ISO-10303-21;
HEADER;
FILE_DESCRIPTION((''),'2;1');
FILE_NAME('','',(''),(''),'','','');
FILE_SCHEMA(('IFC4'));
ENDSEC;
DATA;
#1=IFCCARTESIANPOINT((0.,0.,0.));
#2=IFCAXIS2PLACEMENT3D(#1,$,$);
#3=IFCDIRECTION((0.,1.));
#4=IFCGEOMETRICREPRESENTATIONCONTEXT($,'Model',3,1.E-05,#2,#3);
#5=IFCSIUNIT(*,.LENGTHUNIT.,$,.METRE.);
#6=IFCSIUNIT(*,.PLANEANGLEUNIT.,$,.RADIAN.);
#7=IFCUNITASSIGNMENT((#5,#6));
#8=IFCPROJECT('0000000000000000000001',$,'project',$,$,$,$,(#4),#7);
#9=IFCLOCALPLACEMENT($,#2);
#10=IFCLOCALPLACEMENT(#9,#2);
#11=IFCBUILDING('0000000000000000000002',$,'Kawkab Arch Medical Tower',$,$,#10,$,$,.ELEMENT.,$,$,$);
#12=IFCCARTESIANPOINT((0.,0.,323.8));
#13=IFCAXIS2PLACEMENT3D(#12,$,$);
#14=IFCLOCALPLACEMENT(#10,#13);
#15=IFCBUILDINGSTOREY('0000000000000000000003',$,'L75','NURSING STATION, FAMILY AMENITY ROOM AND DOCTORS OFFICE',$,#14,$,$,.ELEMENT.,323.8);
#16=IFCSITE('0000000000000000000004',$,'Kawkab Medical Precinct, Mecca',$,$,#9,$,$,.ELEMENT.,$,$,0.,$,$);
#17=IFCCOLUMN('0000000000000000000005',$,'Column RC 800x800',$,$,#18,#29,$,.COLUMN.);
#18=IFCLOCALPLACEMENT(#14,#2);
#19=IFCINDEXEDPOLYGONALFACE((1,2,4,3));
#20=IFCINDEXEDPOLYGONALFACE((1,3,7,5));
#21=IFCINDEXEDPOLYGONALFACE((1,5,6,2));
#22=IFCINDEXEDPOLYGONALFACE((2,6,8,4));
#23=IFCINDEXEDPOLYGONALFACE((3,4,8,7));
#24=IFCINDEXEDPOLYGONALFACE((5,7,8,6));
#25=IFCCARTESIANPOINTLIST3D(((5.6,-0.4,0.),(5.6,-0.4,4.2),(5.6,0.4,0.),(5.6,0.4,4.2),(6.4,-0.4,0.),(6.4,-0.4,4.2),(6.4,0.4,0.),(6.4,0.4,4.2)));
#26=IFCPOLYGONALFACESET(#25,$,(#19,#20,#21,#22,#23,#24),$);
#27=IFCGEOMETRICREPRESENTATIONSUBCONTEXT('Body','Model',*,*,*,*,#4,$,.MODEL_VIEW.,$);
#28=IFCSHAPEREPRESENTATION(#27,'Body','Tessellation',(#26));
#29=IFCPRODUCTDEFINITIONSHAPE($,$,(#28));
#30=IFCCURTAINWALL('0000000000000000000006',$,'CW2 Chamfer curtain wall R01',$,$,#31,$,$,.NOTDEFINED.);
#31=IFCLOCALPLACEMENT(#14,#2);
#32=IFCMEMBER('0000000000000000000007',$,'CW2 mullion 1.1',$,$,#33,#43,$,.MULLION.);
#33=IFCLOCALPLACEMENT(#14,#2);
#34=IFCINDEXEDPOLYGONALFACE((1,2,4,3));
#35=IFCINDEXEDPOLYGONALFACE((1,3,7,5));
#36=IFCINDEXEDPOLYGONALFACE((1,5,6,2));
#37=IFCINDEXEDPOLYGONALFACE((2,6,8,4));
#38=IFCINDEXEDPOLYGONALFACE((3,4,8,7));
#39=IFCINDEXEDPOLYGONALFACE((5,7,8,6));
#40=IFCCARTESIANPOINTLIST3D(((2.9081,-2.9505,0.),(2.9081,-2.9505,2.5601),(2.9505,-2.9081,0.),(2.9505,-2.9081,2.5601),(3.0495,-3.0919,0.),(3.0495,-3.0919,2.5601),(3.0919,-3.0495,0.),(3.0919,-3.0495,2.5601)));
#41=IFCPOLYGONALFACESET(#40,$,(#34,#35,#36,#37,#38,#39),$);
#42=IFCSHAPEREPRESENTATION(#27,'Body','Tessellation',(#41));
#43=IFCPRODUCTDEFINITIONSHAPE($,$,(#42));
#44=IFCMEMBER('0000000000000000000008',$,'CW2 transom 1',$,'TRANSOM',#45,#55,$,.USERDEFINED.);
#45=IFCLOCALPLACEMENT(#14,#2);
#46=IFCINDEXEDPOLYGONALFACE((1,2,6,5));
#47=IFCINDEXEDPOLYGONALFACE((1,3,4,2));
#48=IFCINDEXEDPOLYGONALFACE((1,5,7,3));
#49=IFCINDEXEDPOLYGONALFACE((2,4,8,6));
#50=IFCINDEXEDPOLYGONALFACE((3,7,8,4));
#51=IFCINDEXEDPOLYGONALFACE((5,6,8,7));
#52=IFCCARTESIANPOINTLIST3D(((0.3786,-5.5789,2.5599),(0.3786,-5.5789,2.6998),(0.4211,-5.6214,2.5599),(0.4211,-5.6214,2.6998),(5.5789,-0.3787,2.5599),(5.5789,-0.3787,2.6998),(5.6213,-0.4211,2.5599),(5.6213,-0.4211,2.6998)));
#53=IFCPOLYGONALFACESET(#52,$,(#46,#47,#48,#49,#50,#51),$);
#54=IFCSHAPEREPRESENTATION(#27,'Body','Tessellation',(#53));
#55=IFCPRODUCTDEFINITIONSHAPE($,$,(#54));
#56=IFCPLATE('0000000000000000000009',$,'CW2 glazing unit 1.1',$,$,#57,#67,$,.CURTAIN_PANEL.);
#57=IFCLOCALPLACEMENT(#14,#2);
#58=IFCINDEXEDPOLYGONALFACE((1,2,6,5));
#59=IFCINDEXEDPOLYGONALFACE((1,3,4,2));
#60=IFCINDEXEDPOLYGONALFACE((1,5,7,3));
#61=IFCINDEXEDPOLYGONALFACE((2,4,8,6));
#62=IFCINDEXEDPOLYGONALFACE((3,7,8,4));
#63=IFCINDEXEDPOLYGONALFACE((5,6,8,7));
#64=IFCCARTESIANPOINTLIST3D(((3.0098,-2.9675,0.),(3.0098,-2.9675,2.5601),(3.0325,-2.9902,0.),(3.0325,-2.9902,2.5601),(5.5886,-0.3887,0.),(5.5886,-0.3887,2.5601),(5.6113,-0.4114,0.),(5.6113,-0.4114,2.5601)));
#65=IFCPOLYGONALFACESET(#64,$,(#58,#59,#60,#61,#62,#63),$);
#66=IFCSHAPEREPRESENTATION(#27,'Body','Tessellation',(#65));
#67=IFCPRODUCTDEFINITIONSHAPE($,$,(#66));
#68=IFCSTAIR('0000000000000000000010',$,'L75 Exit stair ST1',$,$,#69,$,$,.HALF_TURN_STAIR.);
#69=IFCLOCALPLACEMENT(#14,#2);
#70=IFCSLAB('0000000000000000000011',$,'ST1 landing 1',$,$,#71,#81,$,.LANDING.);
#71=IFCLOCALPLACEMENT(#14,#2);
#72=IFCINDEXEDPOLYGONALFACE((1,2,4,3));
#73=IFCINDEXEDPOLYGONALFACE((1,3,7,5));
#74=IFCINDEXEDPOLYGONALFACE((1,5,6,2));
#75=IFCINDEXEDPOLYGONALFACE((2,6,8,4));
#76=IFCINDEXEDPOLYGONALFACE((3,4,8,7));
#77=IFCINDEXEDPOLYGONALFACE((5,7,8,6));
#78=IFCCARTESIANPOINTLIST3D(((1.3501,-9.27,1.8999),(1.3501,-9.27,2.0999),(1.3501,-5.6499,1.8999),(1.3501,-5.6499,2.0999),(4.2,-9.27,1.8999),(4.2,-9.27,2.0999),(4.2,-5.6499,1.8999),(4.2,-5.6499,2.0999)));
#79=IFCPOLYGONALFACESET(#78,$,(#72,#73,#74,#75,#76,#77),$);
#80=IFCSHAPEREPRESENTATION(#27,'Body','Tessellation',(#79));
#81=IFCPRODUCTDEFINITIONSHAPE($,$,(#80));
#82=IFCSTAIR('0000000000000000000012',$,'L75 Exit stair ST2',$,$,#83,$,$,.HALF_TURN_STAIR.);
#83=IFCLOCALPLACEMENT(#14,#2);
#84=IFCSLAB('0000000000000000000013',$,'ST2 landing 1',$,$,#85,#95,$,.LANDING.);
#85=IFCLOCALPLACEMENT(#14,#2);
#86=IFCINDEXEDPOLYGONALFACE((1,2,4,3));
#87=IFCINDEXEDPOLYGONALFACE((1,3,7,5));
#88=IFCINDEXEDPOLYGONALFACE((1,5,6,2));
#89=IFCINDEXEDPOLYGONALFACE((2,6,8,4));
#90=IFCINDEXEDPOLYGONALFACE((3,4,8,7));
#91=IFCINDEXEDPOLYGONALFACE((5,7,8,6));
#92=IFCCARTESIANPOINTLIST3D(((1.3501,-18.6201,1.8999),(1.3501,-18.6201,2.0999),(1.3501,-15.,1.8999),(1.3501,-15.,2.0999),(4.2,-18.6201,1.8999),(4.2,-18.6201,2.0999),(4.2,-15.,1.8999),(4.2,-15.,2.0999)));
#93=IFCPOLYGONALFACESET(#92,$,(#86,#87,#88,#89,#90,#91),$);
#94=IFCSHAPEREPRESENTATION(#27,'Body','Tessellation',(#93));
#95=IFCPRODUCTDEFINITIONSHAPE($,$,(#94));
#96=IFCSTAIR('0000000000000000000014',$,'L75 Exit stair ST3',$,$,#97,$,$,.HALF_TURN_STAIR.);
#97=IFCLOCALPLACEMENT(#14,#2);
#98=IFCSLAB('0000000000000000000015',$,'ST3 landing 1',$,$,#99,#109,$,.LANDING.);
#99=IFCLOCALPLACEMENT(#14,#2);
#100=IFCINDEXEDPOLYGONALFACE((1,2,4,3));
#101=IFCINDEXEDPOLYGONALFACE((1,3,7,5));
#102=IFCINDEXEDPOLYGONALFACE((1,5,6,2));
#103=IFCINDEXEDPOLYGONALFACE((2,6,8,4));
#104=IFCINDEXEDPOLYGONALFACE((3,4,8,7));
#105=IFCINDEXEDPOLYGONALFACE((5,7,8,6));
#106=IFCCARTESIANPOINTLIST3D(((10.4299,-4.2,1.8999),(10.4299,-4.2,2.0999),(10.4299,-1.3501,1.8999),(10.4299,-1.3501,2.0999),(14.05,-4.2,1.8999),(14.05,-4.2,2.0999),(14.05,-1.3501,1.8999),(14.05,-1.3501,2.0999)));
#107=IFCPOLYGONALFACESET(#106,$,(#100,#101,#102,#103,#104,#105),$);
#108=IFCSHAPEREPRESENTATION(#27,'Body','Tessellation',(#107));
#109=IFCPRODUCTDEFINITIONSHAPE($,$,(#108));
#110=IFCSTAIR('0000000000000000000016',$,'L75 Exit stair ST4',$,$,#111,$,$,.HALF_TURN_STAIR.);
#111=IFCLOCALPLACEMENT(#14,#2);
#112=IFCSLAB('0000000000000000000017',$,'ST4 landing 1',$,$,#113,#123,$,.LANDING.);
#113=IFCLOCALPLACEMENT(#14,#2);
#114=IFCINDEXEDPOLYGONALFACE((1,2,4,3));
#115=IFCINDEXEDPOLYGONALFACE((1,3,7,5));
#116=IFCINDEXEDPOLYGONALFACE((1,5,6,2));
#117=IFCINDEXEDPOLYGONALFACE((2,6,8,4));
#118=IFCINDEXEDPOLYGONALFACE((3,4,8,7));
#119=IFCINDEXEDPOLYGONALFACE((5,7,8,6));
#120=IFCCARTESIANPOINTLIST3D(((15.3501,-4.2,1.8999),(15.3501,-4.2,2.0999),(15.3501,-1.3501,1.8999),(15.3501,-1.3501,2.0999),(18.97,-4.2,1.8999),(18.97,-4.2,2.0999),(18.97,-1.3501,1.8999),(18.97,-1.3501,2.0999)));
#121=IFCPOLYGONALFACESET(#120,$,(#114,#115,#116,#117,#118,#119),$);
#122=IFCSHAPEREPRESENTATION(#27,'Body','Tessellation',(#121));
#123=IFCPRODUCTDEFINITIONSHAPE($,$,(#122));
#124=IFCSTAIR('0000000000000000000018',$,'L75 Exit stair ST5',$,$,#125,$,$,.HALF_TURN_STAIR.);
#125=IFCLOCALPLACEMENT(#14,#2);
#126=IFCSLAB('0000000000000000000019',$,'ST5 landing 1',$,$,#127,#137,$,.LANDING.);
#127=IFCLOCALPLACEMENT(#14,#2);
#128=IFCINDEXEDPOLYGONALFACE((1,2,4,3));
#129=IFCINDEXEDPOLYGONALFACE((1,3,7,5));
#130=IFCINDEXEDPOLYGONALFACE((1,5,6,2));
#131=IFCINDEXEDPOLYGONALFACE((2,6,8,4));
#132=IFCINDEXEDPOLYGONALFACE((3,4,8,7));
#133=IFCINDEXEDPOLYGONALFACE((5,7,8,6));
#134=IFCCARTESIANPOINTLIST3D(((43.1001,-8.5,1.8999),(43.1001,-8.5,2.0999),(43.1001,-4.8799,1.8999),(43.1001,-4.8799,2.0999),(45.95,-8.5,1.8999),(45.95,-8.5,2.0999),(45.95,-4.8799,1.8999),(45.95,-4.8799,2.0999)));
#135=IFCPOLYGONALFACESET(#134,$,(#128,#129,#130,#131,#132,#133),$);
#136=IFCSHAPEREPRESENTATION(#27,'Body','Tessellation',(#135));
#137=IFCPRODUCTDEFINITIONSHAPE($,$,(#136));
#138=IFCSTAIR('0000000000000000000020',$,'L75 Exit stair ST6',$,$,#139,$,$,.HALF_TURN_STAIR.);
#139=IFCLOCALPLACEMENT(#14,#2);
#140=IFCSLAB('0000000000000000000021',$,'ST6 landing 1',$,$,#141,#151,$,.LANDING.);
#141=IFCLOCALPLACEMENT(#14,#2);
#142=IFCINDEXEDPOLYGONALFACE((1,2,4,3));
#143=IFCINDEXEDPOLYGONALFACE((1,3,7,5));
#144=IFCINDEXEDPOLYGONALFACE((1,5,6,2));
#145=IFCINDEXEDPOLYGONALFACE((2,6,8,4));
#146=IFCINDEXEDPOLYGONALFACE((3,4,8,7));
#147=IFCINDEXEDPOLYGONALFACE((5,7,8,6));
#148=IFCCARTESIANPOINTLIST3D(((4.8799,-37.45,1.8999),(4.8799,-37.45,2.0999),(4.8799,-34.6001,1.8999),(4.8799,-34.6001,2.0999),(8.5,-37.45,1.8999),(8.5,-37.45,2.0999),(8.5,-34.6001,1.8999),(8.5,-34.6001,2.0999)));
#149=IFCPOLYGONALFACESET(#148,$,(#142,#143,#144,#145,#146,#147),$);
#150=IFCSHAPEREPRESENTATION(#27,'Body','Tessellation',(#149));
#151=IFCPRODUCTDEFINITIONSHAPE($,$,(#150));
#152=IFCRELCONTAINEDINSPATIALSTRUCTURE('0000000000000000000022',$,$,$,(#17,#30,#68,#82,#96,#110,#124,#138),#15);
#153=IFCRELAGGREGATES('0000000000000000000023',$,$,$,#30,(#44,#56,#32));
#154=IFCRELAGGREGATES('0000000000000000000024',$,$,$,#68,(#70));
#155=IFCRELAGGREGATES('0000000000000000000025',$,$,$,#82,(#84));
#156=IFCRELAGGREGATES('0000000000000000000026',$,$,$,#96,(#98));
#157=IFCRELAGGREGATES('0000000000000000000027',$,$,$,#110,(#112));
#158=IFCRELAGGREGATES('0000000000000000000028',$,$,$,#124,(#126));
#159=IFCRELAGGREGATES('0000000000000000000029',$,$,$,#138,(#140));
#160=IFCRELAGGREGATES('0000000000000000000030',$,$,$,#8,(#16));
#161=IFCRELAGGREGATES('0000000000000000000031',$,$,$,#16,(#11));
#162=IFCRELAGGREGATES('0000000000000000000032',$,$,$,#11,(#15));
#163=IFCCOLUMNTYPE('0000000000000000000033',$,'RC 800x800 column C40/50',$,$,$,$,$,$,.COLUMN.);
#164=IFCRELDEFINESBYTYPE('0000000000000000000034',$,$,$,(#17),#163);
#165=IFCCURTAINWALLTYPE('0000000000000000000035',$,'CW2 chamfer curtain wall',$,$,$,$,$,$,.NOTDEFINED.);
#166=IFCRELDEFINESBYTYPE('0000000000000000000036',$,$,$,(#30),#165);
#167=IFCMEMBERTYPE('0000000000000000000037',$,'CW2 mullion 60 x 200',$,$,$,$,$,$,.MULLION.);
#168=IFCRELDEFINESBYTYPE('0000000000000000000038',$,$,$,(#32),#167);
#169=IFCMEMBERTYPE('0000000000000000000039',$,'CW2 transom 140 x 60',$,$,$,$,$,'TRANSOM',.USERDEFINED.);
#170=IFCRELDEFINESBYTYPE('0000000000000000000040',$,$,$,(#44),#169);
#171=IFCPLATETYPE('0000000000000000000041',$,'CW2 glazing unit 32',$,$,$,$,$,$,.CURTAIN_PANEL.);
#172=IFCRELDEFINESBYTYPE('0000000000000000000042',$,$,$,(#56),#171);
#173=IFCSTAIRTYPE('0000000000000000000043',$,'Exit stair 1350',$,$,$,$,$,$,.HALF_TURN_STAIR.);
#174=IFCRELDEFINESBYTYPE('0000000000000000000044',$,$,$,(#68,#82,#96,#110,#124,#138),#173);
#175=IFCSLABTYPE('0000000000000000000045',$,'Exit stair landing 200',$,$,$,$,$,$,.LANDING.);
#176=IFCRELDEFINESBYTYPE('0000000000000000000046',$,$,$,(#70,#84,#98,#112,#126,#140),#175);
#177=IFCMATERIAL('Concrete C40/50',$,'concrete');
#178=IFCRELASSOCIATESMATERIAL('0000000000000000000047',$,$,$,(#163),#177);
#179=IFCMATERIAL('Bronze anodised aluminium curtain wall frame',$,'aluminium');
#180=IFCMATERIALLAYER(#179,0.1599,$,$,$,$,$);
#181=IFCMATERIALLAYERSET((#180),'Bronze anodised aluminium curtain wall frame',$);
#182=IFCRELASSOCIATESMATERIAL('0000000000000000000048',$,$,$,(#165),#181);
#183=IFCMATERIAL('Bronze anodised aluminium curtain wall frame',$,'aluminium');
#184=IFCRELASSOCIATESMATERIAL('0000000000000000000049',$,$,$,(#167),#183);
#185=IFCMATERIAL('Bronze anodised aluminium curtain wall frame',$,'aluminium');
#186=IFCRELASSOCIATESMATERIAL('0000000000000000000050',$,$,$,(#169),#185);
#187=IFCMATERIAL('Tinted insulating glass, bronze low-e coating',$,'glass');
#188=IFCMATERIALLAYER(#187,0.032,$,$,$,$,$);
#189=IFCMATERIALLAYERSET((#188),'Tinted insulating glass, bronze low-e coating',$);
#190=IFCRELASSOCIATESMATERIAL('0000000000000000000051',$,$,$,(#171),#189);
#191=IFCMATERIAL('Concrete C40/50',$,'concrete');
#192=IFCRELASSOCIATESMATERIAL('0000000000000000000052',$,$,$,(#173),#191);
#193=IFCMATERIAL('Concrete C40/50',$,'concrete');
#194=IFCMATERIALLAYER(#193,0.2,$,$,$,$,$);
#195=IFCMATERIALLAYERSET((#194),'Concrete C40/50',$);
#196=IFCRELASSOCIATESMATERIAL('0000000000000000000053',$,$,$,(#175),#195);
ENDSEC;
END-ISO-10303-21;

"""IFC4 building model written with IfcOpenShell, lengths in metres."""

from ifc_helpers import new_model, si_unit, direction, frame, origin, origin_2d, place, context, subcontext, project, spatial, polyline, rectangle, outline, extrude, material, layer, layer_set, material_profile, profile_set, type_object, element, aggregate, save


model = new_model("IFC4")

# Units and contexts
model_context = context("Model", 3, precision=1e-05, world=origin(), true_north=direction((0.0, 1.0)))
body_context = subcontext(model_context, "Body", "Model", "MODEL_VIEW")
ifc_project = project(units=[si_unit("LENGTHUNIT", "METRE"), si_unit("PLANEANGLEUNIT", "RADIAN")], contexts=[model_context])

# Site, building, storey
site_placement = place(None, origin())
site = spatial("IfcSite", under=ifc_project, at=site_placement, Name="Kawkab Medical Precinct, Mecca", CompositionType="ELEMENT", RefElevation=0.0)
building_placement = place(site_placement, origin())
building = spatial("IfcBuilding", under=site, at=building_placement, Name="Kawkab Arch Medical Tower", CompositionType="ELEMENT")
storey_placement = place(building_placement, frame((0.0, 0.0, 323.8)))
storey = spatial("IfcBuildingStorey", under=building, at=storey_placement, Name="L75", Description="NURSING STATION, FAMILY AMENITY ROOM AND DOCTORS OFFICE", CompositionType="ELEMENT", Elevation=323.8)

# Column
ifc_material_1 = material(Name="Concrete C40/50", Category="concrete")
ifc_material_profile_1 = material_profile(ifc_material_1, rectangle(XDim=0.8, YDim=0.8, at=origin_2d()), Name="RC 800x800")
ifc_profile_set_1 = profile_set([ifc_material_profile_1], Name="Concrete C40/50")
column_type = type_object("IfcColumnType", Name="RC 800x800 column C40/50", PredefinedType="COLUMN", material=ifc_profile_set_1)
column_placement = place(storey_placement, frame((6.0, 0.0, 0.0), z_axis=(0.0, 0.0, 1.0), x_axis=(1.0, 0.0, 0.0)))
element("IfcColumn", 1, at=column_placement, inside=storey, type_object=column_type, Name="Column RC 800x800", PredefinedType="COLUMN", context=body_context, shape_type="SweptSolid", body=[
    extrude(rectangle(XDim=0.8, YDim=0.8, at=origin_2d()), origin(), (0.0, 0.0, 1.0), 4.2),
])

# Curtain wall, members, plate
ifc_material_2 = material(Name="Bronze anodised aluminium curtain wall frame", Category="aluminium")
ifc_layer_1 = layer(ifc_material_2, 0.1599)
ifc_layer_set_1 = layer_set([ifc_layer_1], Name="Bronze anodised aluminium curtain wall frame")
curtain_wall_type = type_object("IfcCurtainWallType", Name="CW2 chamfer curtain wall", PredefinedType="NOTDEFINED", material=ifc_layer_set_1)
placement_1 = place(storey_placement, origin())
curtain_wall = element("IfcCurtainWall", 2, at=placement_1, inside=storey, type_object=curtain_wall_type, Name="CW2 Chamfer curtain wall R01", PredefinedType="NOTDEFINED")
ifc_material_3 = material(Name="Bronze anodised aluminium curtain wall frame", Category="aluminium")
ifc_material_profile_2 = material_profile(ifc_material_3, rectangle(XDim=0.2, YDim=0.0601, at=origin_2d()), Name="AL 60x200")
ifc_profile_set_2 = profile_set([ifc_material_profile_2], Name="Bronze anodised aluminium curtain wall frame")
member_type_1 = type_object("IfcMemberType", Name="CW2 mullion 60 x 200", PredefinedType="MULLION", material=ifc_profile_set_2)
member_1_placement = place(storey_placement, frame((3.0, -3.0, 0.0), z_axis=(0.0, 0.0, 1.0), x_axis=(0.707107, -0.707107, 0.0)))
member_1 = element("IfcMember", 3, at=member_1_placement, type_object=member_type_1, Name="CW2 mullion 1.1", PredefinedType="MULLION", context=body_context, shape_type="SweptSolid", body=[
    extrude(rectangle(XDim=0.2, YDim=0.0601, at=origin_2d()), origin(), (0.0, 0.0, 1.0), 2.5601),
])
ifc_material_4 = material(Name="Bronze anodised aluminium curtain wall frame", Category="aluminium")
ifc_material_profile_3 = material_profile(ifc_material_4, rectangle(XDim=0.0601, YDim=0.1399, at=origin_2d()), Name="AL 60x140")
ifc_profile_set_3 = profile_set([ifc_material_profile_3], Name="Bronze anodised aluminium curtain wall frame")
member_type_2 = type_object("IfcMemberType", Name="CW2 transom 140 x 60", ElementType="TRANSOM", PredefinedType="USERDEFINED", material=ifc_profile_set_3)
member_2_placement = place(storey_placement, frame((5.6001, -0.3999, 2.6299), z_axis=(-0.707107, -0.707107, 0.0), x_axis=(0.707107, -0.707107, 0.0)))
member_2 = element("IfcMember", 4, at=member_2_placement, type_object=member_type_2, Name="CW2 transom 1", ObjectType="TRANSOM", PredefinedType="USERDEFINED", context=body_context, shape_type="SweptSolid", body=[
    extrude(rectangle(XDim=0.0601, YDim=0.1399, at=origin_2d()), origin(), (0.0, 0.0, 1.0), 7.3542),
])
ifc_material_5 = material(Name="Tinted insulating glass, bronze low-e coating", Category="glass")
ifc_layer_2 = layer(ifc_material_5, 0.032)
ifc_layer_set_2 = layer_set([ifc_layer_2], Name="Tinted insulating glass, bronze low-e coating")
plate_type = type_object("IfcPlateType", Name="CW2 glazing unit 32", PredefinedType="CURTAIN_PANEL", material=ifc_layer_set_2)
plate_placement = place(storey_placement, frame((4.3105, -1.6895, 0.0), z_axis=(0.0, 0.0, 1.0), x_axis=(-0.707107, -0.707107, 0.0)))
plate = element("IfcPlate", 5, at=plate_placement, type_object=plate_type, Name="CW2 glazing unit 1.1", PredefinedType="CURTAIN_PANEL", context=body_context, shape_type="SweptSolid", body=[
    extrude(rectangle(XDim=3.647, YDim=0.032, at=origin_2d()), origin(), (0.0, 0.0, 1.0), 2.5601),
])
aggregate(curtain_wall, [member_2, plate, member_1])

# Stairs, slabs
ifc_material_6 = material(Name="Concrete C40/50", Category="concrete")
stair_type = type_object("IfcStairType", Name="Exit stair 1350", PredefinedType="HALF_TURN_STAIR", material=ifc_material_6)
stair_1 = element("IfcStair", 6, at=placement_1, inside=storey, type_object=stair_type, Name="L75 Exit stair ST1", PredefinedType="HALF_TURN_STAIR")
ifc_material_7 = material(Name="Concrete C40/50", Category="concrete")
ifc_layer_3 = layer(ifc_material_7, 0.2)
ifc_layer_set_3 = layer_set([ifc_layer_3], Name="Concrete C40/50")
slab_type_1 = type_object("IfcSlabType", Name="Exit stair landing 200", PredefinedType="LANDING", material=ifc_layer_set_3)
placement_2 = place(storey_placement, frame((0.0, 0.0, 1.8999)))
slab_1 = element("IfcSlab", 7, at=placement_2, type_object=slab_type_1, Name="ST1 landing 1", PredefinedType="LANDING", context=body_context, shape_type="SweptSolid", body=[
    extrude(outline(polyline([(4.2, -9.27), (4.2, -5.6499), (1.3501, -5.6499), (1.3501, -9.27), (4.2, -9.27)])), origin(), (0.0, 0.0, 1.0), 0.2),
])
aggregate(stair_1, [slab_1])
stair_2 = element("IfcStair", 8, at=placement_1, inside=storey, type_object=stair_type, Name="L75 Exit stair ST2", PredefinedType="HALF_TURN_STAIR")
slab_2 = element("IfcSlab", 9, at=placement_2, type_object=slab_type_1, Name="ST2 landing 1", PredefinedType="LANDING", context=body_context, shape_type="SweptSolid", body=[
    extrude(outline(polyline([(4.2, -18.6201), (4.2, -15.0), (1.3501, -15.0), (1.3501, -18.6201), (4.2, -18.6201)])), origin(), (0.0, 0.0, 1.0), 0.2),
])
aggregate(stair_2, [slab_2])
stair_3 = element("IfcStair", 10, at=placement_1, inside=storey, type_object=stair_type, Name="L75 Exit stair ST3", PredefinedType="HALF_TURN_STAIR")
slab_3 = element("IfcSlab", 11, at=placement_2, type_object=slab_type_1, Name="ST3 landing 1", PredefinedType="LANDING", context=body_context, shape_type="SweptSolid", body=[
    extrude(outline(polyline([(10.4299, -4.2), (14.05, -4.2), (14.05, -1.3501), (10.4299, -1.3501), (10.4299, -4.2)])), origin(), (0.0, 0.0, 1.0), 0.2),
])
aggregate(stair_3, [slab_3])
stair_4 = element("IfcStair", 12, at=placement_1, inside=storey, type_object=stair_type, Name="L75 Exit stair ST4", PredefinedType="HALF_TURN_STAIR")
slab_4 = element("IfcSlab", 13, at=placement_2, type_object=slab_type_1, Name="ST4 landing 1", PredefinedType="LANDING", context=body_context, shape_type="SweptSolid", body=[
    extrude(outline(polyline([(18.97, -1.3501), (15.3501, -1.3501), (15.3501, -4.2), (18.97, -4.2), (18.97, -1.3501)])), origin(), (0.0, 0.0, 1.0), 0.2),
])
aggregate(stair_4, [slab_4])
stair_5 = element("IfcStair", 14, at=placement_1, inside=storey, type_object=stair_type, Name="L75 Exit stair ST5", PredefinedType="HALF_TURN_STAIR")
slab_5 = element("IfcSlab", 15, at=placement_2, type_object=slab_type_1, Name="ST5 landing 1", PredefinedType="LANDING", context=body_context, shape_type="SweptSolid", body=[
    extrude(outline(polyline([(43.1001, -4.8799), (43.1001, -8.5), (45.95, -8.5), (45.95, -4.8799), (43.1001, -4.8799)])), origin(), (0.0, 0.0, 1.0), 0.2),
])
aggregate(stair_5, [slab_5])
stair_6 = element("IfcStair", 16, at=placement_1, inside=storey, type_object=stair_type, Name="L75 Exit stair ST6", PredefinedType="HALF_TURN_STAIR")
slab_6 = element("IfcSlab", 17, at=placement_2, type_object=slab_type_1, Name="ST6 landing 1", PredefinedType="LANDING", context=body_context, shape_type="SweptSolid", body=[
    extrude(outline(polyline([(4.8799, -37.45), (8.5, -37.45), (8.5, -34.6001), (4.8799, -34.6001), (4.8799, -37.45)])), origin(), (0.0, 0.0, 1.0), 0.2),
])
aggregate(stair_6, [slab_6])

save(model, "model.ifc")
